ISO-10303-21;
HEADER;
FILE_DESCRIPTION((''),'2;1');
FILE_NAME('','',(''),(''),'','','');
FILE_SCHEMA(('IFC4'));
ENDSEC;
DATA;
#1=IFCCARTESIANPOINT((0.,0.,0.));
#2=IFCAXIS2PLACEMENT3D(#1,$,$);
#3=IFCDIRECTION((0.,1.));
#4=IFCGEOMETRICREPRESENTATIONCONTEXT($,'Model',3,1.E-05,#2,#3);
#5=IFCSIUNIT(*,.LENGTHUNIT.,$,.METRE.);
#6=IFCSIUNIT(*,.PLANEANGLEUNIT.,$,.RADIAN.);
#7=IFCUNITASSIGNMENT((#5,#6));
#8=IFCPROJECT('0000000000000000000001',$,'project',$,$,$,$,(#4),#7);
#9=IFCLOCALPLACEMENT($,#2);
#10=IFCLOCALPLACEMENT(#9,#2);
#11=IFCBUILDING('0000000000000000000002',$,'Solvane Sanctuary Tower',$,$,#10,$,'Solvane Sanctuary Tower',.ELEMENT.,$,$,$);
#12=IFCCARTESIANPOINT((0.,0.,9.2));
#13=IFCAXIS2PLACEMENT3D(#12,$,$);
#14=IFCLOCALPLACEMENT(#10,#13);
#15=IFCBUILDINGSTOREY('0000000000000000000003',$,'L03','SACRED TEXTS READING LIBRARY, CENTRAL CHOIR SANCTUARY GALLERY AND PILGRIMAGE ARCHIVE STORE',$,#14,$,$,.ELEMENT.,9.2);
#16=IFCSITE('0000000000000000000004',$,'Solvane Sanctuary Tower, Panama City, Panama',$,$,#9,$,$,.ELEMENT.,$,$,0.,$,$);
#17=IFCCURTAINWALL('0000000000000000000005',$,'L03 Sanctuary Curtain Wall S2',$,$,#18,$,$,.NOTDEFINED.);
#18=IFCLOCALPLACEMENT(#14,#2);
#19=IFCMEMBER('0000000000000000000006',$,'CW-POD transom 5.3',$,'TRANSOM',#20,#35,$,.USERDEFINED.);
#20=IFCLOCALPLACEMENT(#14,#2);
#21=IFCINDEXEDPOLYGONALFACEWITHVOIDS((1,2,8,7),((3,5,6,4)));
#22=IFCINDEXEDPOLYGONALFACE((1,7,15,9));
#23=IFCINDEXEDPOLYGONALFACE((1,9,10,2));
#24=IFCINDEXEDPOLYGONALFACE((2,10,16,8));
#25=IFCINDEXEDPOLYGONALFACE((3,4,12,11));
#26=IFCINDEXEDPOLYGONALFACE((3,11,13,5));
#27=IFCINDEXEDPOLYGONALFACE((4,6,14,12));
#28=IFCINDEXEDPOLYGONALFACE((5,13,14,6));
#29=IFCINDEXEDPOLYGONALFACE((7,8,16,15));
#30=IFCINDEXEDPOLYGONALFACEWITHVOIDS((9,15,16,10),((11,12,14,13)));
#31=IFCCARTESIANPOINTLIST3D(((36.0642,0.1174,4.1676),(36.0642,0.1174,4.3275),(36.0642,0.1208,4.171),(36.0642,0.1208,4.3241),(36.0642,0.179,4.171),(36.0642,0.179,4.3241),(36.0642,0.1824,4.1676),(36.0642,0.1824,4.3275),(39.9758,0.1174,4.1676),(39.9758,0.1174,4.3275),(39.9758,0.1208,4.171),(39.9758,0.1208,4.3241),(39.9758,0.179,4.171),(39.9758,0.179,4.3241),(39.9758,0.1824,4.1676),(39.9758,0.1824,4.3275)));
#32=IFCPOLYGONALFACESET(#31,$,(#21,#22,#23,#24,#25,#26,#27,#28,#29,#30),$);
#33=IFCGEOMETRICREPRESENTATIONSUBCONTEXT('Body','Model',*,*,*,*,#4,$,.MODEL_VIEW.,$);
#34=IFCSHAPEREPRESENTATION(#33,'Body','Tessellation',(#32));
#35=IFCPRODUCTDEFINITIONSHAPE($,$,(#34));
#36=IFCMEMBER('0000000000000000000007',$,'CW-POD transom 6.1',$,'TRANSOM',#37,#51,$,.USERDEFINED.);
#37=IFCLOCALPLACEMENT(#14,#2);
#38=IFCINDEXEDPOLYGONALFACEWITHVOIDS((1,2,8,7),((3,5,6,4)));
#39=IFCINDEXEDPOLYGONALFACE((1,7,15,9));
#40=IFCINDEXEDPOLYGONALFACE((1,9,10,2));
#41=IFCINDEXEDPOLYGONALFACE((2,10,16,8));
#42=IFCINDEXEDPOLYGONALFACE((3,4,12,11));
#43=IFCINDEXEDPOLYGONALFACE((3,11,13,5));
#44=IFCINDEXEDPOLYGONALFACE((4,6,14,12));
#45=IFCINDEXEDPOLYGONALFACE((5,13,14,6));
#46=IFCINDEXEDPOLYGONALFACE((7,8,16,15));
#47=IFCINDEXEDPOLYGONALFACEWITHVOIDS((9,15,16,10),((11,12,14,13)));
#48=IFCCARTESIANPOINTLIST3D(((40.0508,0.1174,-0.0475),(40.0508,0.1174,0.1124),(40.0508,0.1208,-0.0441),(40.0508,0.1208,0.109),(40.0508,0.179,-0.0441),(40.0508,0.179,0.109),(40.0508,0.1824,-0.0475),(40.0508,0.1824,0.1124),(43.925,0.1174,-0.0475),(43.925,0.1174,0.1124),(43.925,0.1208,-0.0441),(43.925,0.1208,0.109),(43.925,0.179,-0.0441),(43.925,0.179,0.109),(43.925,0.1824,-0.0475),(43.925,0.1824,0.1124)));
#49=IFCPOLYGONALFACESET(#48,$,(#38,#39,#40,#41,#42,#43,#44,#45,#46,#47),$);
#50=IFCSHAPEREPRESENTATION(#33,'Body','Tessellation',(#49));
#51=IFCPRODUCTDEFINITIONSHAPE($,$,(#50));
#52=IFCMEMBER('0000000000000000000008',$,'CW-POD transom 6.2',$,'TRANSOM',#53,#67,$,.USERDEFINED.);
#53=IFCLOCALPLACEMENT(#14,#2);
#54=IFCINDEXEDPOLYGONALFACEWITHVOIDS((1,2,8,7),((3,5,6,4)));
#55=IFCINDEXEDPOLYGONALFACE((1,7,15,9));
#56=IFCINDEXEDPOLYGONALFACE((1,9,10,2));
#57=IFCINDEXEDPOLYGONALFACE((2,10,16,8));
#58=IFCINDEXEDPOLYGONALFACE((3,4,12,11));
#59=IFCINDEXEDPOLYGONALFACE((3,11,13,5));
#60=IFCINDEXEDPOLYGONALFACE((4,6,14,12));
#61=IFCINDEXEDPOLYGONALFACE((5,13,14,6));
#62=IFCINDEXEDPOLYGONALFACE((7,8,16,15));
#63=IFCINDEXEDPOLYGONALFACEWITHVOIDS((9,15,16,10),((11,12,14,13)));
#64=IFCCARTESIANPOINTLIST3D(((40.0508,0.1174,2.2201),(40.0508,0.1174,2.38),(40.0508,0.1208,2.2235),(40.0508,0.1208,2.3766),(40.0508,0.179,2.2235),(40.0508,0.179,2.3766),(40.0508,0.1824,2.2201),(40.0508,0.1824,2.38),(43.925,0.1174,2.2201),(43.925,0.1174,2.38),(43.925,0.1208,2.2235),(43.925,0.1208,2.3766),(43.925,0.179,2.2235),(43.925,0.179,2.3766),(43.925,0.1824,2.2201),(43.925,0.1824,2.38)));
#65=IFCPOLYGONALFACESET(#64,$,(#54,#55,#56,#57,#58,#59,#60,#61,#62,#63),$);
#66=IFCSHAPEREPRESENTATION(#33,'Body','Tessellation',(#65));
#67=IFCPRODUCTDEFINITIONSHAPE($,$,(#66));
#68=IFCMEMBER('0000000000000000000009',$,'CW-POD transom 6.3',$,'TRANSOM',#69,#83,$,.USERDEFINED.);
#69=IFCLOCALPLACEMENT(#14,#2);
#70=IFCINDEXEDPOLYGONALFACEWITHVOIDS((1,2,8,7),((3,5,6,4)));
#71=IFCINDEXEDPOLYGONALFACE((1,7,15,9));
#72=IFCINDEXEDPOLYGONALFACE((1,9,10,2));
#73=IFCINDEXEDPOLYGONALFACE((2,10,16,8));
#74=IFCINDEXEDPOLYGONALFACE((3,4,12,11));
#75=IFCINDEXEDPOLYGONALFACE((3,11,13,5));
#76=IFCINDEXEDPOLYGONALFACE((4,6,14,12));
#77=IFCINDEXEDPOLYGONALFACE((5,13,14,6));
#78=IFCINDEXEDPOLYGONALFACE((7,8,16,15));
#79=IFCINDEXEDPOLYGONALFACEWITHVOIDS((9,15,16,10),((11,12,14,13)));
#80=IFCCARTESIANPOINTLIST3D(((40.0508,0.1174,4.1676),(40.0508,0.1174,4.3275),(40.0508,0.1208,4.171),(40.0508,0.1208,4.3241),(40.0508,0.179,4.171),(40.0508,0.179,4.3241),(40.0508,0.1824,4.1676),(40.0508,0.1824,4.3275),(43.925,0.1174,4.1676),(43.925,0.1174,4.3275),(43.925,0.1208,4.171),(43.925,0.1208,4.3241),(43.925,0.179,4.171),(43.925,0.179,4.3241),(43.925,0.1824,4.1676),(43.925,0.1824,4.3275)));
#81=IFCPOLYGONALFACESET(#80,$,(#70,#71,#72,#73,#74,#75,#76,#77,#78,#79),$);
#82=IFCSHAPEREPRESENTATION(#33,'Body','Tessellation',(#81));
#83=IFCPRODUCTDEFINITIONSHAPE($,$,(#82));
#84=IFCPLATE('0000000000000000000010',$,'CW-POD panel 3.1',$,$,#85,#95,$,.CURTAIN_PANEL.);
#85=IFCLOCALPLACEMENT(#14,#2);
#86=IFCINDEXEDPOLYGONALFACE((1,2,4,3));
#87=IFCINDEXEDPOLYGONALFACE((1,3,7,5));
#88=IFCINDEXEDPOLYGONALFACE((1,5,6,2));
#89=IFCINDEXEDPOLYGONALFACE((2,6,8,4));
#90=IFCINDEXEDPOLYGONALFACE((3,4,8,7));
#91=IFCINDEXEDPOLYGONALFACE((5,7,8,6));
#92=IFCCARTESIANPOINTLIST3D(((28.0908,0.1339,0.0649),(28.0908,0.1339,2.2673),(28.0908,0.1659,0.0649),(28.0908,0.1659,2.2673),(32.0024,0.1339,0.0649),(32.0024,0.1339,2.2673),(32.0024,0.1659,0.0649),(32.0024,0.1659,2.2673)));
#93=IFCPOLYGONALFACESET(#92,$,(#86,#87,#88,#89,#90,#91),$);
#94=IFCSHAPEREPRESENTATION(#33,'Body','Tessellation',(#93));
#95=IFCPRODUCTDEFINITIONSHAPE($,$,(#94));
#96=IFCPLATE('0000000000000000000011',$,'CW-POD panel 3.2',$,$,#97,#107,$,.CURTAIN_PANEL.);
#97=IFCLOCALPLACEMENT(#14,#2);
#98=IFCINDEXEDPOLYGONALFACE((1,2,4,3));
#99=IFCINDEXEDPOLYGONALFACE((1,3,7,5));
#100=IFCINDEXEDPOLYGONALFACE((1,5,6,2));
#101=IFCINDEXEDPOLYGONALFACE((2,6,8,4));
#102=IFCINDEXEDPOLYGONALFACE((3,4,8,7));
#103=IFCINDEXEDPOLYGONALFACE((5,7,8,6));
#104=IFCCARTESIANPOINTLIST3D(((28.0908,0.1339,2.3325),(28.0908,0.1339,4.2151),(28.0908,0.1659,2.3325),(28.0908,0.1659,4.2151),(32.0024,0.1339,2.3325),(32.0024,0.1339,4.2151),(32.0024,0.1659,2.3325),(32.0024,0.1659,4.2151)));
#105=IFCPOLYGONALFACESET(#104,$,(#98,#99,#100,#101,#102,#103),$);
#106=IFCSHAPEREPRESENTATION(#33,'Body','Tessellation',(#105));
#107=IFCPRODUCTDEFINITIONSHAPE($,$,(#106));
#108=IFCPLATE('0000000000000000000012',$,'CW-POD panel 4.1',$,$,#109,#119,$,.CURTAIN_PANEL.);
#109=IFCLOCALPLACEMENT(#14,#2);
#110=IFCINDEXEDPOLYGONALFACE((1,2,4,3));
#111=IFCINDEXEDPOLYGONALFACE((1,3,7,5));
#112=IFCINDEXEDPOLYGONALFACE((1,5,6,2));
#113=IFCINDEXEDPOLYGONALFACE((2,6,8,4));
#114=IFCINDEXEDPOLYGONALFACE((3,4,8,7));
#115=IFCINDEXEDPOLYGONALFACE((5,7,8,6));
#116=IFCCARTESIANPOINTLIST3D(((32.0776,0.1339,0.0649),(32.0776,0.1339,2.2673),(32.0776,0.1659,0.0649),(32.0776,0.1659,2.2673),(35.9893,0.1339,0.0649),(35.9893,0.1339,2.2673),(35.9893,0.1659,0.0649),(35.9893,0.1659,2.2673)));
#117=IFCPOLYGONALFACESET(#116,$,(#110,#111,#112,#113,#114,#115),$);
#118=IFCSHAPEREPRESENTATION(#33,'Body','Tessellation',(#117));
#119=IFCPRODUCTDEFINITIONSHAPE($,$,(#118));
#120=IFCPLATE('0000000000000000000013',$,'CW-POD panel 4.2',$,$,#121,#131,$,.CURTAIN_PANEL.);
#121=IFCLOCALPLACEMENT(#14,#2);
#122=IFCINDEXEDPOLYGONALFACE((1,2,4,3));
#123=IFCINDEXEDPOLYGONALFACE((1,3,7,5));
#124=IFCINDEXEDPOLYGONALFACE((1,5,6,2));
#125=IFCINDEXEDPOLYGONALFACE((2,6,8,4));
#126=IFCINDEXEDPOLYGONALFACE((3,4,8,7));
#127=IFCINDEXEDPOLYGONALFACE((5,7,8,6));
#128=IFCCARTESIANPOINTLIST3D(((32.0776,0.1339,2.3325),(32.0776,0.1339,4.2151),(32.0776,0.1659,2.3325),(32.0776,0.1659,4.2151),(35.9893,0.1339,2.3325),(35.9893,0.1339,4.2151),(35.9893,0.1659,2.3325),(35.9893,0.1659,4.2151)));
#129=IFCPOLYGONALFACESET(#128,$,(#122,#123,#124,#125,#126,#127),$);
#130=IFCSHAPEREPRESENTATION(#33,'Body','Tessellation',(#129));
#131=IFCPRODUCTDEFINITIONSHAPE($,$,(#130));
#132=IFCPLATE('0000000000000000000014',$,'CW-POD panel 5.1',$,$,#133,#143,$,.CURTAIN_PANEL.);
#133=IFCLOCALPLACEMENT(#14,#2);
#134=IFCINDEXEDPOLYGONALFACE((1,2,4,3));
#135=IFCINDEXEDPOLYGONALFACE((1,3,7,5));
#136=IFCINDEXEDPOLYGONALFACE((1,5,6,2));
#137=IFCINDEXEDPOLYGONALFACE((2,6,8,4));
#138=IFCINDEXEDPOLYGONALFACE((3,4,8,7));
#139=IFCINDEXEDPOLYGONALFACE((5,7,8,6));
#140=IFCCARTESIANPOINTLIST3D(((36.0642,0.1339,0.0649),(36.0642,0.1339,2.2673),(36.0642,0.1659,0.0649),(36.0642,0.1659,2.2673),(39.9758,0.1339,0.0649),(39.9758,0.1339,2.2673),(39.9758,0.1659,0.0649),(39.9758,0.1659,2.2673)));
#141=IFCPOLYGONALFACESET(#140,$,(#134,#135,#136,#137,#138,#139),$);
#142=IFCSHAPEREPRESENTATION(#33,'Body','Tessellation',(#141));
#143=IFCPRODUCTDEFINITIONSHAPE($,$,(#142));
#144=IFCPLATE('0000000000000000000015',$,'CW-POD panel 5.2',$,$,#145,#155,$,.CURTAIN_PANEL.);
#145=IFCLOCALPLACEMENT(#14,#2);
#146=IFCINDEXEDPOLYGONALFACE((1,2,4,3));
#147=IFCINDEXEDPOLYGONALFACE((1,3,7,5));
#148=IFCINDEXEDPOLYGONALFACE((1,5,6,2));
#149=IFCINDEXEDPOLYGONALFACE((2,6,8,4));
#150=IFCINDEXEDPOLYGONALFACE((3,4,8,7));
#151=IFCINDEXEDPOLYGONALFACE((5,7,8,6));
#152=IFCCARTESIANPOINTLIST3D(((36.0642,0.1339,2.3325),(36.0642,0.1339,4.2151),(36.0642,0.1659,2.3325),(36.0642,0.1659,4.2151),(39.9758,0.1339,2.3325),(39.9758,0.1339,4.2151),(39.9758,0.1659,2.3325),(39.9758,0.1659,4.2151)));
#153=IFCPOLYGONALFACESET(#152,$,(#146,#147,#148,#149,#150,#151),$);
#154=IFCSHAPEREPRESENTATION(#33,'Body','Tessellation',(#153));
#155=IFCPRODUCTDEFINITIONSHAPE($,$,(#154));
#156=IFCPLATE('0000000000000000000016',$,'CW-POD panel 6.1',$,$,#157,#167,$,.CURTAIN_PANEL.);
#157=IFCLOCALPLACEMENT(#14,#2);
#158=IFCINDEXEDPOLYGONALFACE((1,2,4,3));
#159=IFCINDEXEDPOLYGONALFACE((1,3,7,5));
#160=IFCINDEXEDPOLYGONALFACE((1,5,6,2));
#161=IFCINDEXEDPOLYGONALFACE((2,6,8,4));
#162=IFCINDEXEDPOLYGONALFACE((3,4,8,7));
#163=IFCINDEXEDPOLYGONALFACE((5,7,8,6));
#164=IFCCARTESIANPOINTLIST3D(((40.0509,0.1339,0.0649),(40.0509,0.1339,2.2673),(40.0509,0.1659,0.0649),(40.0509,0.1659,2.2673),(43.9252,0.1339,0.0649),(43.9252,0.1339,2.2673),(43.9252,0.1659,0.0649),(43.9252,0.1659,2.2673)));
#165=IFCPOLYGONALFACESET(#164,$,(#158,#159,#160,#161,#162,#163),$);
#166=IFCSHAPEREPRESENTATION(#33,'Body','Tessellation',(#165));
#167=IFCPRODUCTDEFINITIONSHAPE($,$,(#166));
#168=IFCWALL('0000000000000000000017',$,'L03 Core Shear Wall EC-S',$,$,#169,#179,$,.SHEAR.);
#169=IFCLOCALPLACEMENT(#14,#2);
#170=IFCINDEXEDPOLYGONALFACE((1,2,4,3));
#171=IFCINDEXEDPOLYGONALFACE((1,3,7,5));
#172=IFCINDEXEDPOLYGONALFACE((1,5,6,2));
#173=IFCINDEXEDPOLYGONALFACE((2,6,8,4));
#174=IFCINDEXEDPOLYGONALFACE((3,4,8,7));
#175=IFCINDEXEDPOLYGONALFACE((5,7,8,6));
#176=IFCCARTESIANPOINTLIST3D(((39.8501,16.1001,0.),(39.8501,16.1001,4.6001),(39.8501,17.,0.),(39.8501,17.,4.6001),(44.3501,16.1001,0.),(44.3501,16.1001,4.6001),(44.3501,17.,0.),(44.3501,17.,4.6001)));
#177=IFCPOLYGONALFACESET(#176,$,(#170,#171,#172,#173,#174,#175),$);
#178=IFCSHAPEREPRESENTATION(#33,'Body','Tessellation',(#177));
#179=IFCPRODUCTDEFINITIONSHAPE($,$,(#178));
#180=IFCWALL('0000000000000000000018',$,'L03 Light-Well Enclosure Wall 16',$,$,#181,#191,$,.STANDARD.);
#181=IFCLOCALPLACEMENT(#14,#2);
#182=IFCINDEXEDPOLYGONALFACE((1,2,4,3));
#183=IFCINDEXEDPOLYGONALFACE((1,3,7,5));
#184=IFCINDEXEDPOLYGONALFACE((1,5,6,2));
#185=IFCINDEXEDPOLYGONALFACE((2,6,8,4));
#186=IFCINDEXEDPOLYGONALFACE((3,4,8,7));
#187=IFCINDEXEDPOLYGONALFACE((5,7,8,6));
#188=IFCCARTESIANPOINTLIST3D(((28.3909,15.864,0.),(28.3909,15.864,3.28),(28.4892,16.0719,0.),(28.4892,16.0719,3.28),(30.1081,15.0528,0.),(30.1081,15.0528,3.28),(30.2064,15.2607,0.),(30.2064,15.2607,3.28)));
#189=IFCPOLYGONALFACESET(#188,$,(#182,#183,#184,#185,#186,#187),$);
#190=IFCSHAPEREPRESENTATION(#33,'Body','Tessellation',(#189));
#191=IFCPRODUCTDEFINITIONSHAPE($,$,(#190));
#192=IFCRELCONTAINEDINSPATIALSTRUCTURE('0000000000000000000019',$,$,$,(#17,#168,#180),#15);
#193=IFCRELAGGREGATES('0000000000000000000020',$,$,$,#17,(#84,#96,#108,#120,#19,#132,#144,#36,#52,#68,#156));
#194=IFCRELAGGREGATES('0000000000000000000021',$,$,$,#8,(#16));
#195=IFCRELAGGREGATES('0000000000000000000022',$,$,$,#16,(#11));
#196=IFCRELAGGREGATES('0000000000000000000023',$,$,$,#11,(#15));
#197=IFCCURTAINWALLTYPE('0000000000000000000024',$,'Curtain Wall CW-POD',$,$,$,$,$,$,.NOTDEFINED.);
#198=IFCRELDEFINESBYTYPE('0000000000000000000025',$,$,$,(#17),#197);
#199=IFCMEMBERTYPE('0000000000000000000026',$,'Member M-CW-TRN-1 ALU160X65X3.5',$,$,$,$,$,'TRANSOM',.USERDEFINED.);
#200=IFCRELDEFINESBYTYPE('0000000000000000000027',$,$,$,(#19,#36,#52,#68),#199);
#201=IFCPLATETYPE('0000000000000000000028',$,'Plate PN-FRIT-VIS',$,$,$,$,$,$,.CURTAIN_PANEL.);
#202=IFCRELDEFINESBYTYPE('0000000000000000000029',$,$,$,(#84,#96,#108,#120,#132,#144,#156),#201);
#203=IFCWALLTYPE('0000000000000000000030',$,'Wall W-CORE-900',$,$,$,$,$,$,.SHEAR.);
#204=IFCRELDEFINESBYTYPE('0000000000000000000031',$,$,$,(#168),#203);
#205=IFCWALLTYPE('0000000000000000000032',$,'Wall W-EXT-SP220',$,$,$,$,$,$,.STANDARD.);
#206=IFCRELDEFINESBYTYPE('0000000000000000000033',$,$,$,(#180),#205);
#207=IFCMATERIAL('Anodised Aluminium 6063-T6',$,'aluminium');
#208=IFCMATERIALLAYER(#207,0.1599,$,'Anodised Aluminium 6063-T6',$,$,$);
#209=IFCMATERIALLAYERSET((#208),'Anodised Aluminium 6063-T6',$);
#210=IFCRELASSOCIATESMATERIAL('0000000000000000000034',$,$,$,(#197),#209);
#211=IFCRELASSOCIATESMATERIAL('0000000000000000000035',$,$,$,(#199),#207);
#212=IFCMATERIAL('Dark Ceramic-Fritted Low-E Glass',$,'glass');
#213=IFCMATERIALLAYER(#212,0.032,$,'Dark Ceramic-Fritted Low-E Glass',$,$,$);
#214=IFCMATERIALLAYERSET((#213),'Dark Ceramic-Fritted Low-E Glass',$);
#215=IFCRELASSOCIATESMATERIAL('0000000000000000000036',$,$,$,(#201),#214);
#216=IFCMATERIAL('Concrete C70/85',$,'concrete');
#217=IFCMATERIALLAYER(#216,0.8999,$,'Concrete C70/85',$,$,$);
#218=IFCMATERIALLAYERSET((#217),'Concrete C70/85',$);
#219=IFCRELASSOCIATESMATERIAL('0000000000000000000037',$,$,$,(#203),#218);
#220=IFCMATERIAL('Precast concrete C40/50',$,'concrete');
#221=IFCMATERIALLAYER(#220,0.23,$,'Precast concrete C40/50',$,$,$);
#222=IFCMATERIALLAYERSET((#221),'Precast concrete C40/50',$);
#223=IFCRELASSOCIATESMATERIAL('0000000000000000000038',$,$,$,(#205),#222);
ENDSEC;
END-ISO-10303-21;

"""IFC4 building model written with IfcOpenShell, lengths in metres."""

from ifc_helpers import new_model, si_unit, direction, frame, frame_2d, origin, origin_2d, place, context, subcontext, project, spatial, rectangle, hollow_rectangle, extrude, material, layer, layer_set, material_profile, profile_set, type_object, element, aggregate, save


model = new_model("IFC4")

# Units and contexts
model_context = context("Model", 3, precision=1e-05, world=origin(), true_north=direction((0.0, 1.0)))
body_context = subcontext(model_context, "Body", "Model", "MODEL_VIEW")
ifc_project = project(units=[si_unit("LENGTHUNIT", "METRE"), si_unit("PLANEANGLEUNIT", "RADIAN")], contexts=[model_context])

# Site, building, storey
site_placement = place(None, origin())
site = spatial("IfcSite", under=ifc_project, at=site_placement, Name="Solvane Sanctuary Tower, Panama City, Panama", CompositionType="ELEMENT", RefElevation=0.0)
building_placement = place(site_placement, origin())
building = spatial("IfcBuilding", under=site, at=building_placement, Name="Solvane Sanctuary Tower", LongName="Solvane Sanctuary Tower", CompositionType="ELEMENT")
storey_placement = place(building_placement, frame((0.0, 0.0, 9.2)))
storey = spatial("IfcBuildingStorey", under=building, at=storey_placement, Name="L03", Description="SACRED TEXTS READING LIBRARY, CENTRAL CHOIR SANCTUARY GALLERY AND PILGRIMAGE ARCHIVE STORE", CompositionType="ELEMENT", Elevation=9.2)

# Shared definitions
ifc_material_1 = material(Name="Concrete C70/85", Category="concrete")

# Curtain wall, members, plates
ifc_material_2 = material(Name="Anodised Aluminium 6063-T6", Category="aluminium")
ifc_layer_1 = layer(ifc_material_2, 0.1599, Name="Anodised Aluminium 6063-T6")
ifc_layer_set_1 = layer_set([ifc_layer_1], Name="Anodised Aluminium 6063-T6")
curtain_wall_type = type_object("IfcCurtainWallType", Name="Curtain Wall CW-POD", PredefinedType="NOTDEFINED", material=ifc_layer_set_1)
curtain_wall_placement = place(storey_placement, origin())
curtain_wall = element("IfcCurtainWall", 1, at=curtain_wall_placement, inside=storey, type_object=curtain_wall_type, Name="L03 Sanctuary Curtain Wall S2", PredefinedType="NOTDEFINED")
ifc_material_profile_1 = material_profile(ifc_material_2, hollow_rectangle(XDim=0.0649, YDim=0.1599, WallThickness=0.0034, at=origin_2d()), Name="ALU160X65X3.5")
ifc_profile_set_1 = profile_set([ifc_material_profile_1], Name="Anodised Aluminium 6063-T6")
member_type_1 = type_object("IfcMemberType", Name="Member M-CW-TRN-1 ALU160X65X3.5", ElementType="TRANSOM", PredefinedType="USERDEFINED", material=ifc_profile_set_1)
member_1_placement = place(storey_placement, frame((36.0642, 0.1499, 4.2476), z_axis=(1.0, 0.0, 0.0), x_axis=(0.0, 1.0, 0.0)))
member_1 = element("IfcMember", 2, at=member_1_placement, type_object=member_type_1, Name="CW-POD transom 5.3", ObjectType="TRANSOM", PredefinedType="USERDEFINED", context=body_context, shape_type="SweptSolid", body=[
    extrude(hollow_rectangle(XDim=0.0649, YDim=0.1599, WallThickness=0.0034, at=origin_2d()), origin(), (0.0, 0.0, 1.0), 3.9116),
])
member_2_placement = place(storey_placement, frame((40.0508, 0.1499, 0.0325), z_axis=(1.0, 0.0, 0.0), x_axis=(0.0, 1.0, 0.0)))
member_2 = element("IfcMember", 3, at=member_2_placement, type_object=member_type_1, Name="CW-POD transom 6.1", ObjectType="TRANSOM", PredefinedType="USERDEFINED", context=body_context, shape_type="SweptSolid", body=[
    extrude(hollow_rectangle(XDim=0.0649, YDim=0.1599, WallThickness=0.0034, at=origin_2d()), origin(), (0.0, 0.0, 1.0), 3.8743),
])
member_3_placement = place(storey_placement, frame((40.0508, 0.1499, 2.3), z_axis=(1.0, 0.0, 0.0), x_axis=(0.0, 1.0, 0.0)))
member_3 = element("IfcMember", 4, at=member_3_placement, type_object=member_type_1, Name="CW-POD transom 6.2", ObjectType="TRANSOM", PredefinedType="USERDEFINED", context=body_context, shape_type="SweptSolid", body=[
    extrude(hollow_rectangle(XDim=0.0649, YDim=0.1599, WallThickness=0.0034, at=origin_2d()), origin(), (0.0, 0.0, 1.0), 3.8743),
])
member_4_placement = place(storey_placement, frame((40.0508, 0.1499, 4.2476), z_axis=(1.0, 0.0, 0.0), x_axis=(0.0, 1.0, 0.0)))
member_4 = element("IfcMember", 5, at=member_4_placement, type_object=member_type_1, Name="CW-POD transom 6.3", ObjectType="TRANSOM", PredefinedType="USERDEFINED", context=body_context, shape_type="SweptSolid", body=[
    extrude(hollow_rectangle(XDim=0.0649, YDim=0.1599, WallThickness=0.0034, at=origin_2d()), origin(), (0.0, 0.0, 1.0), 3.8743),
])
ifc_material_3 = material(Name="Dark Ceramic-Fritted Low-E Glass", Category="glass")
ifc_layer_2 = layer(ifc_material_3, 0.032, Name="Dark Ceramic-Fritted Low-E Glass")
ifc_layer_set_2 = layer_set([ifc_layer_2], Name="Dark Ceramic-Fritted Low-E Glass")
plate_type = type_object("IfcPlateType", Name="Plate PN-FRIT-VIS", PredefinedType="CURTAIN_PANEL", material=ifc_layer_set_2)
plate_1_placement = place(storey_placement, frame((30.0466, 0.1499, 0.0649), z_axis=(0.0, 0.0, 1.0), x_axis=(1.0, 0.0, 0.0)))
plate_1 = element("IfcPlate", 6, at=plate_1_placement, type_object=plate_type, Name="CW-POD panel 3.1", PredefinedType="CURTAIN_PANEL", context=body_context, shape_type="SweptSolid", body=[
    extrude(rectangle(XDim=3.9116, YDim=0.032, at=origin_2d()), origin(), (0.0, 0.0, 1.0), 2.2024),
])
plate_2_placement = place(storey_placement, frame((30.0466, 0.1499, 2.3325), z_axis=(0.0, 0.0, 1.0), x_axis=(1.0, 0.0, 0.0)))
plate_2 = element("IfcPlate", 7, at=plate_2_placement, type_object=plate_type, Name="CW-POD panel 3.2", PredefinedType="CURTAIN_PANEL", context=body_context, shape_type="SweptSolid", body=[
    extrude(rectangle(XDim=3.9116, YDim=0.032, at=origin_2d()), origin(), (0.0, 0.0, 1.0), 1.8826),
])
plate_3_placement = place(storey_placement, frame((34.0334, 0.1499, 0.0649), z_axis=(0.0, 0.0, 1.0), x_axis=(1.0, 0.0, 0.0)))
plate_3 = element("IfcPlate", 8, at=plate_3_placement, type_object=plate_type, Name="CW-POD panel 4.1", PredefinedType="CURTAIN_PANEL", context=body_context, shape_type="SweptSolid", body=[
    extrude(rectangle(XDim=3.9116, YDim=0.032, at=origin_2d()), origin(), (0.0, 0.0, 1.0), 2.2024),
])
plate_4_placement = place(storey_placement, frame((34.0334, 0.1499, 2.3325), z_axis=(0.0, 0.0, 1.0), x_axis=(1.0, 0.0, 0.0)))
plate_4 = element("IfcPlate", 9, at=plate_4_placement, type_object=plate_type, Name="CW-POD panel 4.2", PredefinedType="CURTAIN_PANEL", context=body_context, shape_type="SweptSolid", body=[
    extrude(rectangle(XDim=3.9116, YDim=0.032, at=origin_2d()), origin(), (0.0, 0.0, 1.0), 1.8826),
])
plate_5_placement = place(storey_placement, frame((38.02, 0.1499, 0.0649), z_axis=(0.0, 0.0, 1.0), x_axis=(1.0, 0.0, 0.0)))
plate_5 = element("IfcPlate", 10, at=plate_5_placement, type_object=plate_type, Name="CW-POD panel 5.1", PredefinedType="CURTAIN_PANEL", context=body_context, shape_type="SweptSolid", body=[
    extrude(rectangle(XDim=3.9116, YDim=0.032, at=origin_2d()), origin(), (0.0, 0.0, 1.0), 2.2024),
])
plate_6_placement = place(storey_placement, frame((38.02, 0.1499, 2.3325), z_axis=(0.0, 0.0, 1.0), x_axis=(1.0, 0.0, 0.0)))
plate_6 = element("IfcPlate", 11, at=plate_6_placement, type_object=plate_type, Name="CW-POD panel 5.2", PredefinedType="CURTAIN_PANEL", context=body_context, shape_type="SweptSolid", body=[
    extrude(rectangle(XDim=3.9116, YDim=0.032, at=origin_2d()), origin(), (0.0, 0.0, 1.0), 1.8826),
])
plate_7_placement = place(storey_placement, frame((41.988, 0.1499, 0.0649), z_axis=(0.0, 0.0, 1.0), x_axis=(1.0, 0.0, 0.0)))
plate_7 = element("IfcPlate", 12, at=plate_7_placement, type_object=plate_type, Name="CW-POD panel 6.1", PredefinedType="CURTAIN_PANEL", context=body_context, shape_type="SweptSolid", body=[
    extrude(rectangle(XDim=3.8743, YDim=0.032, at=origin_2d()), origin(), (0.0, 0.0, 1.0), 2.2024),
])
aggregate(curtain_wall, [plate_1, plate_2, plate_3, plate_4, member_1, plate_5, plate_6, member_2, member_3, member_4, plate_7])

# Walls
ifc_layer_3 = layer(ifc_material_1, 0.8999, Name="Concrete C70/85")
ifc_layer_set_3 = layer_set([ifc_layer_3], Name="Concrete C70/85")
wall_type_1 = type_object("IfcWallType", Name="Wall W-CORE-900", PredefinedType="SHEAR", material=ifc_layer_set_3)
wall_1_placement = place(storey_placement, frame((39.8501, 16.55, 0.0), z_axis=(0.0, 0.0, 1.0), x_axis=(1.0, 0.0, 0.0)))
element("IfcWall", 13, at=wall_1_placement, inside=storey, type_object=wall_type_1, Name="L03 Core Shear Wall EC-S", PredefinedType="SHEAR", context=body_context, shape_type="SweptSolid", body=[
    extrude(rectangle(XDim=4.5, YDim=0.8999, at=frame_2d((2.25, 0.0))), origin(), (0.0, 0.0, 1.0), 4.6001),
])
ifc_material_4 = material(Name="Precast concrete C40/50", Category="concrete")
ifc_layer_4 = layer(ifc_material_4, 0.23, Name="Precast concrete C40/50")
ifc_layer_set_4 = layer_set([ifc_layer_4], Name="Precast concrete C40/50")
wall_type_2 = type_object("IfcWallType", Name="Wall W-EXT-SP220", PredefinedType="STANDARD", material=ifc_layer_set_4)
wall_2_placement = place(storey_placement, frame((28.4399, 15.968, 0.0), z_axis=(0.0, 0.0, 1.0), x_axis=(0.90418, -0.427152, 0.0)))
element("IfcWall", 14, at=wall_2_placement, inside=storey, type_object=wall_type_2, Name="L03 Light-Well Enclosure Wall 16", PredefinedType="STANDARD", context=body_context, shape_type="SweptSolid", body=[
    extrude(rectangle(XDim=1.8992, YDim=0.23, at=frame_2d((0.9497, 0.0))), origin(), (0.0, 0.0, 1.0), 3.28),
])

save(model, "model.ifc")
